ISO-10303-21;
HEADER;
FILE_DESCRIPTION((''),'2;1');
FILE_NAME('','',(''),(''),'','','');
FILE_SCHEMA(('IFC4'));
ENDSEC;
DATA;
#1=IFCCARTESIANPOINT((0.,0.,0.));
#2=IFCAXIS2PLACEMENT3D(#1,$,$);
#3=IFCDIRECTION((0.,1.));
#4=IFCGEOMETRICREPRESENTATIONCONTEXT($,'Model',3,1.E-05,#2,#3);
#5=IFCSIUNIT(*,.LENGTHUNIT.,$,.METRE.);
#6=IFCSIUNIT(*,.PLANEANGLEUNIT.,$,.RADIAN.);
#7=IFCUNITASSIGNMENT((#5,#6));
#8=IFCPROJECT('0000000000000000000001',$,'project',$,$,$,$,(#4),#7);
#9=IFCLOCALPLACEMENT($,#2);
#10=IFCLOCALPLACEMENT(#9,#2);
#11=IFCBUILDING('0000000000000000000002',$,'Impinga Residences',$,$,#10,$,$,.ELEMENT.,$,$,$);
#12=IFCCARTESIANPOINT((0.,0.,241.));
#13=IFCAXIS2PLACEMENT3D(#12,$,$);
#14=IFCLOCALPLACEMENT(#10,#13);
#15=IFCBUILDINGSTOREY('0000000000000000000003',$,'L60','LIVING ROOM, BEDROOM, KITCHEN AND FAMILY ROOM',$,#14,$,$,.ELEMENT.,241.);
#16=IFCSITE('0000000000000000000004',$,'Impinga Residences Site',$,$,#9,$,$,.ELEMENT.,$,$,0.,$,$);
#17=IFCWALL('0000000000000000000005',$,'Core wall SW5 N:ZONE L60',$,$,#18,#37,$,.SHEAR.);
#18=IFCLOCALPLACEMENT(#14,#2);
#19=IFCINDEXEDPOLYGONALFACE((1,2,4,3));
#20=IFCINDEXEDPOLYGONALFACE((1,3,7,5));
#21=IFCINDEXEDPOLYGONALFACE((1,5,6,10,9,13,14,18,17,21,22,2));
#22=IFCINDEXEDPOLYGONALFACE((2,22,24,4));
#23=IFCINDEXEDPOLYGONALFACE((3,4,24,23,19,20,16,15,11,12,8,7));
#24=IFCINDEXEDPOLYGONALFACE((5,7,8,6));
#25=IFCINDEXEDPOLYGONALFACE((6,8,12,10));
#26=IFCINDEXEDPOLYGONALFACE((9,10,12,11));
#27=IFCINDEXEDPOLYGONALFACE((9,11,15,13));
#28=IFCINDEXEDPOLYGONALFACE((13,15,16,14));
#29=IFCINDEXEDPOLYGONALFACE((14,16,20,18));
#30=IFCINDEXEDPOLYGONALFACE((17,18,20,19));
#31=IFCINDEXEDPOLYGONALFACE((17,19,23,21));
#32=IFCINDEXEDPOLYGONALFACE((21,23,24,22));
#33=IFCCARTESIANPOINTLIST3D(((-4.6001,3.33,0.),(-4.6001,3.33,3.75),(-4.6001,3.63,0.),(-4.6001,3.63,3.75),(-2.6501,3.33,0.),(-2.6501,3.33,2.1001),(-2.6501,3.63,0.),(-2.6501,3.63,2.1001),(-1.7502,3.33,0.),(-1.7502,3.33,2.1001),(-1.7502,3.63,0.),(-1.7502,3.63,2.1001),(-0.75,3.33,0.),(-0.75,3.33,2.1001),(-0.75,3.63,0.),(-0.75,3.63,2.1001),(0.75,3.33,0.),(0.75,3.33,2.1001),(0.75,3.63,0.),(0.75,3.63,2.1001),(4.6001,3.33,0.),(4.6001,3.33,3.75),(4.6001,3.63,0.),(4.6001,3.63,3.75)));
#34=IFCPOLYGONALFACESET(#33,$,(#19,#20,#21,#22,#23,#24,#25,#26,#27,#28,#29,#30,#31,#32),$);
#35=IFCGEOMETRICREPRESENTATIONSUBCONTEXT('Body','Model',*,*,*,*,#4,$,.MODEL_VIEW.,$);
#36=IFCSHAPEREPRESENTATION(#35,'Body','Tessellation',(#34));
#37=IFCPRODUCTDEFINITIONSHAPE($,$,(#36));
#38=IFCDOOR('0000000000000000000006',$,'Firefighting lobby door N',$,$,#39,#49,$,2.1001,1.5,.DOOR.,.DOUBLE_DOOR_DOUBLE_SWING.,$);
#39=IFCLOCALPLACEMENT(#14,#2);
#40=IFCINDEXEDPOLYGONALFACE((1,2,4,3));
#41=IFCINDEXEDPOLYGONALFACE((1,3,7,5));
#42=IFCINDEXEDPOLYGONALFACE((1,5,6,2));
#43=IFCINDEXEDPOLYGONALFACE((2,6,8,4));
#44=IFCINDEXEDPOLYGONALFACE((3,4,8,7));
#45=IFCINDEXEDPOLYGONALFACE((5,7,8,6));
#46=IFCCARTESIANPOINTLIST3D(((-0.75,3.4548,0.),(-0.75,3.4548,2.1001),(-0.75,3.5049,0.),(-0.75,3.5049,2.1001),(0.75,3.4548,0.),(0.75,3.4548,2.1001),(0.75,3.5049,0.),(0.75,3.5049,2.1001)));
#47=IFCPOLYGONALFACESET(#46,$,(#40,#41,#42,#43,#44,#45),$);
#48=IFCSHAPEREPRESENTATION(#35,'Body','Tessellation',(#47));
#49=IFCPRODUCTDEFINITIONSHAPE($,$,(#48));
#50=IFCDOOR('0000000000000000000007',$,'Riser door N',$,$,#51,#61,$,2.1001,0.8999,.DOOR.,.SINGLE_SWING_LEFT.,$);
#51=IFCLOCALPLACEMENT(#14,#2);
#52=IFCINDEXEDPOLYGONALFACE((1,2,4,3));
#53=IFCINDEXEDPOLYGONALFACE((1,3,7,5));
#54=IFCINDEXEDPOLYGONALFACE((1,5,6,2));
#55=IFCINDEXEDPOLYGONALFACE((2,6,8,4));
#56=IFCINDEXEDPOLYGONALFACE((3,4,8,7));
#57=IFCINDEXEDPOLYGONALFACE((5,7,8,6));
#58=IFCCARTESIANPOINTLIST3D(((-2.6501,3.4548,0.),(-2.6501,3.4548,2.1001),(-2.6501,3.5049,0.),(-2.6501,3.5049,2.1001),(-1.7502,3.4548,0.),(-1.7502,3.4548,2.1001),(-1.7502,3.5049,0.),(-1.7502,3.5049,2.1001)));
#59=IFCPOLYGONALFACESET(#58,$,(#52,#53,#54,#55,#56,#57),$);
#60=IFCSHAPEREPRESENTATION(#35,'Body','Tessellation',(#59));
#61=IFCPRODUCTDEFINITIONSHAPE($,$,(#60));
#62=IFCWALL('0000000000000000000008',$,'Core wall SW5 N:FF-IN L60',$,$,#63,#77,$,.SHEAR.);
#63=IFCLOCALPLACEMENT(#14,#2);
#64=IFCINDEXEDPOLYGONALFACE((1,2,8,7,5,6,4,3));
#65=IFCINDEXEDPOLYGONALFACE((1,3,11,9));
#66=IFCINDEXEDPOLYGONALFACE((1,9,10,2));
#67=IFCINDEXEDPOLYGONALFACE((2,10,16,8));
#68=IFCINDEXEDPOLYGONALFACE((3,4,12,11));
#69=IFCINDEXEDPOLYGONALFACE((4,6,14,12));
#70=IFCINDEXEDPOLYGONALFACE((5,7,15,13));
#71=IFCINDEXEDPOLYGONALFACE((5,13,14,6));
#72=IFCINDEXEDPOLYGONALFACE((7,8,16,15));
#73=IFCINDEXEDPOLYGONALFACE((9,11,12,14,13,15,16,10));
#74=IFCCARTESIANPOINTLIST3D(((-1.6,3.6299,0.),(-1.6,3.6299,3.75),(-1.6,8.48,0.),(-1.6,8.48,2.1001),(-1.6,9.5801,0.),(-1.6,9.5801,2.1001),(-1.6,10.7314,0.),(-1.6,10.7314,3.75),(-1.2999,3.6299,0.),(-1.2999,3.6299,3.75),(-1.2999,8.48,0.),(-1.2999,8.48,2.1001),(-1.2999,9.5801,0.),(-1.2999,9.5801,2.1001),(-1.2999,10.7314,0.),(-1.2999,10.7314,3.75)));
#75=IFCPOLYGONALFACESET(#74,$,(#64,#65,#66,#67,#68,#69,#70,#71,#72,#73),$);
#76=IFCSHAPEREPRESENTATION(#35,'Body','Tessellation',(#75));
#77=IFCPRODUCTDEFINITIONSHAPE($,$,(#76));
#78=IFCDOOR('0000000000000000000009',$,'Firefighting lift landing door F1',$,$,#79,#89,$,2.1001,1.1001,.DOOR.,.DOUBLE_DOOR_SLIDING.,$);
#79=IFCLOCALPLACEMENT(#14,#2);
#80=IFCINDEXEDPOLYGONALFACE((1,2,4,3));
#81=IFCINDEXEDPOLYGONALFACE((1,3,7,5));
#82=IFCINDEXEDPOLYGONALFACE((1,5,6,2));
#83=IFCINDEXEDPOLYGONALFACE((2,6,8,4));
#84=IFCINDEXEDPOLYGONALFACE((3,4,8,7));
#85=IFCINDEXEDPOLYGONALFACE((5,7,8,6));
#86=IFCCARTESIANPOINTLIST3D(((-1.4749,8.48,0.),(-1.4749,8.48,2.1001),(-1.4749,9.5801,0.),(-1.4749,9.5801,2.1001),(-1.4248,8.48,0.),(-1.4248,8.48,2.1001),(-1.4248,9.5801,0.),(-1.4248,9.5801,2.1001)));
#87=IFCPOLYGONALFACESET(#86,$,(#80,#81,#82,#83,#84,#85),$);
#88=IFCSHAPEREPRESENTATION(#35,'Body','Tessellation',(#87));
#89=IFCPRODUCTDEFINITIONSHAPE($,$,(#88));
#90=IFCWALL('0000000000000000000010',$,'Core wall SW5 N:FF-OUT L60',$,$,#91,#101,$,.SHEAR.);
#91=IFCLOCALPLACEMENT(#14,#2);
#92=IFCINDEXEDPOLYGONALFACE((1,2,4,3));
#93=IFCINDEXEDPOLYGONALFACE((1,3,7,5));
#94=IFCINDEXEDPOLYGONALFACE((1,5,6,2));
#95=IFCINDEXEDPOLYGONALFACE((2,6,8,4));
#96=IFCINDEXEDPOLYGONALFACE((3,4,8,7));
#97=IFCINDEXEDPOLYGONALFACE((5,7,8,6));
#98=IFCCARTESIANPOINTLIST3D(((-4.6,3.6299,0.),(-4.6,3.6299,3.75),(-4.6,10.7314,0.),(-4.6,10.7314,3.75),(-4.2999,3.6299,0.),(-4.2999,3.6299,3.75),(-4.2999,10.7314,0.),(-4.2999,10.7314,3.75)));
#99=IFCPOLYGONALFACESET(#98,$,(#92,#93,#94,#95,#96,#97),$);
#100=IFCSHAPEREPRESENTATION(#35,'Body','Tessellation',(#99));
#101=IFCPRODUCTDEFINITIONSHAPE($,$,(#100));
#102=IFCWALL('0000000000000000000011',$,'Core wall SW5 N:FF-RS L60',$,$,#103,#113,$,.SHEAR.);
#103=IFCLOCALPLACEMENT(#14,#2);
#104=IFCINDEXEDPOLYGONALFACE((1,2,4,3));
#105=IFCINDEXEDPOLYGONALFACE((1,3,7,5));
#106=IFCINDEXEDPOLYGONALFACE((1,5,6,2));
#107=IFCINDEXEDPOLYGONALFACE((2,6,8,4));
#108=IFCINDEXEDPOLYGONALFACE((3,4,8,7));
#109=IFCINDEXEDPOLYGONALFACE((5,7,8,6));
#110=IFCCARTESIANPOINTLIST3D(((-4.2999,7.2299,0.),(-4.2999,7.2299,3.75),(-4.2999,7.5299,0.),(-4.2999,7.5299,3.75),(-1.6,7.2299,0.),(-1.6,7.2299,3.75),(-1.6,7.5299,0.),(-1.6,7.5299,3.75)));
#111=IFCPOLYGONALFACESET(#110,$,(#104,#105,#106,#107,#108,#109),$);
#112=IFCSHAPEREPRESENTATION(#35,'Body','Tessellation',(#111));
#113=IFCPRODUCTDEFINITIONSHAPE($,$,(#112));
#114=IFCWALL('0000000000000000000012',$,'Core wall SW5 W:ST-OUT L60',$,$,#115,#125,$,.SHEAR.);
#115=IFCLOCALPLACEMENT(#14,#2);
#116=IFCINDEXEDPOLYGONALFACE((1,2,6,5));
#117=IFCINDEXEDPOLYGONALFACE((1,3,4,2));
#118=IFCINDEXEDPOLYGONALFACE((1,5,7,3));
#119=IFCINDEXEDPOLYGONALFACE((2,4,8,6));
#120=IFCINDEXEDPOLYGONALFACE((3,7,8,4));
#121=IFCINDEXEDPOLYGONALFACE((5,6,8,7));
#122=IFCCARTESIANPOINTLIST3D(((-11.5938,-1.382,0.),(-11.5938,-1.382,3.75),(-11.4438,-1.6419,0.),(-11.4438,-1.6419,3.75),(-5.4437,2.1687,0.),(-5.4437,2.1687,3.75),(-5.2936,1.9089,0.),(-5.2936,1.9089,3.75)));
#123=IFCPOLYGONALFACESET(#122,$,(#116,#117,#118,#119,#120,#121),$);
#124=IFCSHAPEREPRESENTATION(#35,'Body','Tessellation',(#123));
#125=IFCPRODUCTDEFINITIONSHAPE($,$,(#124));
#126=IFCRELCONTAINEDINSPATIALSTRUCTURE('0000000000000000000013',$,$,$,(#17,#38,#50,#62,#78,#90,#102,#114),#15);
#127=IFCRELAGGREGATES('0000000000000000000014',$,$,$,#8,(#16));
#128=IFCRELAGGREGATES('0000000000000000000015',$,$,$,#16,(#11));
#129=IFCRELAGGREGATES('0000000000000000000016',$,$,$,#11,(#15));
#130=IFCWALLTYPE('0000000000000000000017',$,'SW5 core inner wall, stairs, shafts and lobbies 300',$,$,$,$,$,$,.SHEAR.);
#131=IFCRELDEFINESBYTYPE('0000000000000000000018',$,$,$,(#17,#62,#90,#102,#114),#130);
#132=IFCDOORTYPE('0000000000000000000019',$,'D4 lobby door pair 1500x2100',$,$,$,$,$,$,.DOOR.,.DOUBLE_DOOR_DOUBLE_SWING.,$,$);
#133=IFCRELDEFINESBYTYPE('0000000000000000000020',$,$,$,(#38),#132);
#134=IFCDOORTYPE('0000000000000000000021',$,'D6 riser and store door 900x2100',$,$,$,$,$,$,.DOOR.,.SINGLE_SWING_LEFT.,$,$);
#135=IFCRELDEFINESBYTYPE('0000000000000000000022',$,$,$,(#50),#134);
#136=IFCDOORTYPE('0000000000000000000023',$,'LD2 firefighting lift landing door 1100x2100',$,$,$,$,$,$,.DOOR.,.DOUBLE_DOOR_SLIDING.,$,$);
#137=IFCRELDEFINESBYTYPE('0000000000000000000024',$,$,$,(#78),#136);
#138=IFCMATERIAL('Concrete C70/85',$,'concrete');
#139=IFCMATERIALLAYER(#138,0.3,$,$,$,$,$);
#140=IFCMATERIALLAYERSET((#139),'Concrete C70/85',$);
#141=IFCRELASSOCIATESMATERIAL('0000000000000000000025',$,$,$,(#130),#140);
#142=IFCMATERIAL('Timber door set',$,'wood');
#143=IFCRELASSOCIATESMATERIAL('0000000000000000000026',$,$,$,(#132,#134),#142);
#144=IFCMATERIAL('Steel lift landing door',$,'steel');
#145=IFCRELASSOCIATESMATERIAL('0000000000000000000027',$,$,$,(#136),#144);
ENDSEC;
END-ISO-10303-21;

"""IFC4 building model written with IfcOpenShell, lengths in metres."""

from ifc_helpers import new_model, si_unit, direction, frame, frame_2d, origin, place, context, subcontext, project, spatial, rectangle, extrude, material, layer, layer_set, type_object, element, fill, save


model = new_model("IFC4")

# Units and contexts
model_context = context("Model", 3, precision=1e-05, world=origin(), true_north=direction((0.0, 1.0)))
body_context = subcontext(model_context, "Body", "Model", "MODEL_VIEW")
ifc_project = project(units=[si_unit("LENGTHUNIT", "METRE"), si_unit("PLANEANGLEUNIT", "RADIAN")], contexts=[model_context])

# Site, building, storey
site_placement = place(None, origin())
site = spatial("IfcSite", under=ifc_project, at=site_placement, Name="Impinga Residences Site", CompositionType="ELEMENT", RefElevation=0.0)
building_placement = place(site_placement, origin())
building = spatial("IfcBuilding", under=site, at=building_placement, Name="Impinga Residences", CompositionType="ELEMENT")
storey_placement = place(building_placement, frame((0.0, 0.0, 241.0)))
storey = spatial("IfcBuildingStorey", under=building, at=storey_placement, Name="L60", Description="LIVING ROOM, BEDROOM, KITCHEN AND FAMILY ROOM", CompositionType="ELEMENT", Elevation=241.0)

# Shared definitions
ifc_material_1 = material(Name="Timber door set", Category="wood")

# Wall, openings, doors
ifc_material_2 = material(Name="Concrete C70/85", Category="concrete")
ifc_layer_1 = layer(ifc_material_2, 0.3)
ifc_layer_set_1 = layer_set([ifc_layer_1], Name="Concrete C70/85")
wall_type_1 = type_object("IfcWallType", Name="SW5 core inner wall, stairs, shafts and lobbies 300", PredefinedType="SHEAR", material=ifc_layer_set_1)
wall_1_placement = place(storey_placement, frame((-4.6001, 3.48, 0.0), z_axis=(0.0, 0.0, 1.0), x_axis=(1.0, 0.0, 0.0)))
wall_1 = element("IfcWall", 1, at=wall_1_placement, inside=storey, type_object=wall_type_1, Name="Core wall SW5 N:ZONE L60", PredefinedType="SHEAR", context=body_context, shape_type="SweptSolid", body=[
    extrude(rectangle(XDim=9.2002, YDim=0.3, at=frame_2d((4.6001, 0.0))), origin(), (0.0, 0.0, 1.0), 3.75),
])
opening_1_placement = place(wall_1_placement, frame((3.8501, 0.0, 0.0)))
opening_1 = element("IfcOpeningElement", 2, at=opening_1_placement, cuts=wall_1, PredefinedType="OPENING", context=body_context, shape_type="SweptSolid", body=[
    extrude(rectangle(XDim=1.5, YDim=2.1001, at=frame_2d((0.75, 1.05))), frame((0.0, 0.1599, 0.0), z_axis=(0.0, -1.0, 0.0), x_axis=(1.0, 0.0, 0.0)), (0.0, 0.0, 1.0), 0.3201),
])
opening_2_placement = place(wall_1_placement, frame((1.95, 0.0, 0.0)))
opening_2 = element("IfcOpeningElement", 3, at=opening_2_placement, cuts=wall_1, PredefinedType="OPENING", context=body_context, shape_type="SweptSolid", body=[
    extrude(rectangle(XDim=0.8999, YDim=2.1001, at=frame_2d((0.45, 1.05))), frame((0.0, 0.1599, 0.0), z_axis=(0.0, -1.0, 0.0), x_axis=(1.0, 0.0, 0.0)), (0.0, 0.0, 1.0), 0.3201),
])
door_type_1 = type_object("IfcDoorType", Name="D4 lobby door pair 1500x2100", OperationType="DOUBLE_DOOR_DOUBLE_SWING", PredefinedType="DOOR", material=ifc_material_1)
door_1_placement = place(opening_1_placement, origin())
door_1 = element("IfcDoor", 4, at=door_1_placement, inside=storey, type_object=door_type_1, Name="Firefighting lobby door N", OperationType="DOUBLE_DOOR_DOUBLE_SWING", OverallHeight=2.1001, OverallWidth=1.5, PredefinedType="DOOR", context=body_context, shape_type="SweptSolid", body=[
    extrude(rectangle(XDim=1.5, YDim=2.1001, at=frame_2d((0.75, 1.05))), frame((0.0, 0.0249, 0.0), z_axis=(0.0, -1.0, 0.0), x_axis=(1.0, 0.0, 0.0)), (0.0, 0.0, 1.0), 0.05),
])
fill(opening_1, door_1)
door_type_2 = type_object("IfcDoorType", Name="D6 riser and store door 900x2100", OperationType="SINGLE_SWING_LEFT", PredefinedType="DOOR", material=ifc_material_1)
door_2_placement = place(opening_2_placement, origin())
door_2 = element("IfcDoor", 5, at=door_2_placement, inside=storey, type_object=door_type_2, Name="Riser door N", OperationType="SINGLE_SWING_LEFT", OverallHeight=2.1001, OverallWidth=0.8999, PredefinedType="DOOR", context=body_context, shape_type="SweptSolid", body=[
    extrude(rectangle(XDim=0.8999, YDim=2.1001, at=frame_2d((0.45, 1.05))), frame((0.0, 0.0249, 0.0), z_axis=(0.0, -1.0, 0.0), x_axis=(1.0, 0.0, 0.0)), (0.0, 0.0, 1.0), 0.05),
])
fill(opening_2, door_2)

# Wall, opening, door
wall_2_placement = place(storey_placement, frame((-1.45, 3.6299, 0.0), z_axis=(0.0, 0.0, 1.0), x_axis=(0.0, 1.0, 0.0)))
wall_2 = element("IfcWall", 6, at=wall_2_placement, inside=storey, type_object=wall_type_1, Name="Core wall SW5 N:FF-IN L60", PredefinedType="SHEAR", context=body_context, shape_type="SweptSolid", body=[
    extrude(rectangle(XDim=7.1016, YDim=0.3, at=frame_2d((3.5508, 0.0))), origin(), (0.0, 0.0, 1.0), 3.75),
])
opening_3_placement = place(wall_2_placement, frame((4.8501, 0.0, 0.0)))
opening_3 = element("IfcOpeningElement", 7, at=opening_3_placement, cuts=wall_2, PredefinedType="OPENING", context=body_context, shape_type="SweptSolid", body=[
    extrude(rectangle(XDim=1.1001, YDim=2.1001, at=frame_2d((0.55, 1.05))), frame((0.0, 0.1599, 0.0), z_axis=(0.0, -1.0, 0.0), x_axis=(1.0, 0.0, 0.0)), (0.0, 0.0, 1.0), 0.3201),
])
ifc_material_3 = material(Name="Steel lift landing door", Category="steel")
door_type_3 = type_object("IfcDoorType", Name="LD2 firefighting lift landing door 1100x2100", OperationType="DOUBLE_DOOR_SLIDING", PredefinedType="DOOR", material=ifc_material_3)
door_3_placement = place(opening_3_placement, origin())
door_3 = element("IfcDoor", 8, at=door_3_placement, inside=storey, type_object=door_type_3, Name="Firefighting lift landing door F1", OperationType="DOUBLE_DOOR_SLIDING", OverallHeight=2.1001, OverallWidth=1.1001, PredefinedType="DOOR", context=body_context, shape_type="SweptSolid", body=[
    extrude(rectangle(XDim=1.1001, YDim=2.1001, at=frame_2d((0.55, 1.05))), frame((0.0, 0.0249, 0.0), z_axis=(0.0, -1.0, 0.0), x_axis=(1.0, 0.0, 0.0)), (0.0, 0.0, 1.0), 0.05),
])
fill(opening_3, door_3)

# Walls
wall_3_placement = place(storey_placement, frame((-4.45, 3.6299, 0.0), z_axis=(0.0, 0.0, 1.0), x_axis=(0.0, 1.0, 0.0)))
element("IfcWall", 9, at=wall_3_placement, inside=storey, type_object=wall_type_1, Name="Core wall SW5 N:FF-OUT L60", PredefinedType="SHEAR", context=body_context, shape_type="SweptSolid", body=[
    extrude(rectangle(XDim=7.1016, YDim=0.3, at=frame_2d((3.5508, 0.0))), origin(), (0.0, 0.0, 1.0), 3.75),
])
wall_4_placement = place(storey_placement, frame((-4.3, 7.3799, 0.0), z_axis=(0.0, 0.0, 1.0), x_axis=(1.0, 0.0, 0.0)))
element("IfcWall", 10, at=wall_4_placement, inside=storey, type_object=wall_type_1, Name="Core wall SW5 N:FF-RS L60", PredefinedType="SHEAR", context=body_context, shape_type="SweptSolid", body=[
    extrude(rectangle(XDim=2.7, YDim=0.3, at=frame_2d((1.3501, 0.0))), origin(), (0.0, 0.0, 1.0), 3.75),
])
wall_5_placement = place(storey_placement, frame((-5.3687, 2.0388, 0.0), z_axis=(0.0, 0.0, 1.0), x_axis=(-0.866026, -0.499999, 0.0)))
element("IfcWall", 11, at=wall_5_placement, inside=storey, type_object=wall_type_1, Name="Core wall SW5 W:ST-OUT L60", PredefinedType="SHEAR", context=body_context, shape_type="SweptSolid", body=[
    extrude(rectangle(XDim=7.1016, YDim=0.3, at=frame_2d((3.5508, 0.0))), origin(), (0.0, 0.0, 1.0), 3.75),
])

save(model, "model.ifc")
